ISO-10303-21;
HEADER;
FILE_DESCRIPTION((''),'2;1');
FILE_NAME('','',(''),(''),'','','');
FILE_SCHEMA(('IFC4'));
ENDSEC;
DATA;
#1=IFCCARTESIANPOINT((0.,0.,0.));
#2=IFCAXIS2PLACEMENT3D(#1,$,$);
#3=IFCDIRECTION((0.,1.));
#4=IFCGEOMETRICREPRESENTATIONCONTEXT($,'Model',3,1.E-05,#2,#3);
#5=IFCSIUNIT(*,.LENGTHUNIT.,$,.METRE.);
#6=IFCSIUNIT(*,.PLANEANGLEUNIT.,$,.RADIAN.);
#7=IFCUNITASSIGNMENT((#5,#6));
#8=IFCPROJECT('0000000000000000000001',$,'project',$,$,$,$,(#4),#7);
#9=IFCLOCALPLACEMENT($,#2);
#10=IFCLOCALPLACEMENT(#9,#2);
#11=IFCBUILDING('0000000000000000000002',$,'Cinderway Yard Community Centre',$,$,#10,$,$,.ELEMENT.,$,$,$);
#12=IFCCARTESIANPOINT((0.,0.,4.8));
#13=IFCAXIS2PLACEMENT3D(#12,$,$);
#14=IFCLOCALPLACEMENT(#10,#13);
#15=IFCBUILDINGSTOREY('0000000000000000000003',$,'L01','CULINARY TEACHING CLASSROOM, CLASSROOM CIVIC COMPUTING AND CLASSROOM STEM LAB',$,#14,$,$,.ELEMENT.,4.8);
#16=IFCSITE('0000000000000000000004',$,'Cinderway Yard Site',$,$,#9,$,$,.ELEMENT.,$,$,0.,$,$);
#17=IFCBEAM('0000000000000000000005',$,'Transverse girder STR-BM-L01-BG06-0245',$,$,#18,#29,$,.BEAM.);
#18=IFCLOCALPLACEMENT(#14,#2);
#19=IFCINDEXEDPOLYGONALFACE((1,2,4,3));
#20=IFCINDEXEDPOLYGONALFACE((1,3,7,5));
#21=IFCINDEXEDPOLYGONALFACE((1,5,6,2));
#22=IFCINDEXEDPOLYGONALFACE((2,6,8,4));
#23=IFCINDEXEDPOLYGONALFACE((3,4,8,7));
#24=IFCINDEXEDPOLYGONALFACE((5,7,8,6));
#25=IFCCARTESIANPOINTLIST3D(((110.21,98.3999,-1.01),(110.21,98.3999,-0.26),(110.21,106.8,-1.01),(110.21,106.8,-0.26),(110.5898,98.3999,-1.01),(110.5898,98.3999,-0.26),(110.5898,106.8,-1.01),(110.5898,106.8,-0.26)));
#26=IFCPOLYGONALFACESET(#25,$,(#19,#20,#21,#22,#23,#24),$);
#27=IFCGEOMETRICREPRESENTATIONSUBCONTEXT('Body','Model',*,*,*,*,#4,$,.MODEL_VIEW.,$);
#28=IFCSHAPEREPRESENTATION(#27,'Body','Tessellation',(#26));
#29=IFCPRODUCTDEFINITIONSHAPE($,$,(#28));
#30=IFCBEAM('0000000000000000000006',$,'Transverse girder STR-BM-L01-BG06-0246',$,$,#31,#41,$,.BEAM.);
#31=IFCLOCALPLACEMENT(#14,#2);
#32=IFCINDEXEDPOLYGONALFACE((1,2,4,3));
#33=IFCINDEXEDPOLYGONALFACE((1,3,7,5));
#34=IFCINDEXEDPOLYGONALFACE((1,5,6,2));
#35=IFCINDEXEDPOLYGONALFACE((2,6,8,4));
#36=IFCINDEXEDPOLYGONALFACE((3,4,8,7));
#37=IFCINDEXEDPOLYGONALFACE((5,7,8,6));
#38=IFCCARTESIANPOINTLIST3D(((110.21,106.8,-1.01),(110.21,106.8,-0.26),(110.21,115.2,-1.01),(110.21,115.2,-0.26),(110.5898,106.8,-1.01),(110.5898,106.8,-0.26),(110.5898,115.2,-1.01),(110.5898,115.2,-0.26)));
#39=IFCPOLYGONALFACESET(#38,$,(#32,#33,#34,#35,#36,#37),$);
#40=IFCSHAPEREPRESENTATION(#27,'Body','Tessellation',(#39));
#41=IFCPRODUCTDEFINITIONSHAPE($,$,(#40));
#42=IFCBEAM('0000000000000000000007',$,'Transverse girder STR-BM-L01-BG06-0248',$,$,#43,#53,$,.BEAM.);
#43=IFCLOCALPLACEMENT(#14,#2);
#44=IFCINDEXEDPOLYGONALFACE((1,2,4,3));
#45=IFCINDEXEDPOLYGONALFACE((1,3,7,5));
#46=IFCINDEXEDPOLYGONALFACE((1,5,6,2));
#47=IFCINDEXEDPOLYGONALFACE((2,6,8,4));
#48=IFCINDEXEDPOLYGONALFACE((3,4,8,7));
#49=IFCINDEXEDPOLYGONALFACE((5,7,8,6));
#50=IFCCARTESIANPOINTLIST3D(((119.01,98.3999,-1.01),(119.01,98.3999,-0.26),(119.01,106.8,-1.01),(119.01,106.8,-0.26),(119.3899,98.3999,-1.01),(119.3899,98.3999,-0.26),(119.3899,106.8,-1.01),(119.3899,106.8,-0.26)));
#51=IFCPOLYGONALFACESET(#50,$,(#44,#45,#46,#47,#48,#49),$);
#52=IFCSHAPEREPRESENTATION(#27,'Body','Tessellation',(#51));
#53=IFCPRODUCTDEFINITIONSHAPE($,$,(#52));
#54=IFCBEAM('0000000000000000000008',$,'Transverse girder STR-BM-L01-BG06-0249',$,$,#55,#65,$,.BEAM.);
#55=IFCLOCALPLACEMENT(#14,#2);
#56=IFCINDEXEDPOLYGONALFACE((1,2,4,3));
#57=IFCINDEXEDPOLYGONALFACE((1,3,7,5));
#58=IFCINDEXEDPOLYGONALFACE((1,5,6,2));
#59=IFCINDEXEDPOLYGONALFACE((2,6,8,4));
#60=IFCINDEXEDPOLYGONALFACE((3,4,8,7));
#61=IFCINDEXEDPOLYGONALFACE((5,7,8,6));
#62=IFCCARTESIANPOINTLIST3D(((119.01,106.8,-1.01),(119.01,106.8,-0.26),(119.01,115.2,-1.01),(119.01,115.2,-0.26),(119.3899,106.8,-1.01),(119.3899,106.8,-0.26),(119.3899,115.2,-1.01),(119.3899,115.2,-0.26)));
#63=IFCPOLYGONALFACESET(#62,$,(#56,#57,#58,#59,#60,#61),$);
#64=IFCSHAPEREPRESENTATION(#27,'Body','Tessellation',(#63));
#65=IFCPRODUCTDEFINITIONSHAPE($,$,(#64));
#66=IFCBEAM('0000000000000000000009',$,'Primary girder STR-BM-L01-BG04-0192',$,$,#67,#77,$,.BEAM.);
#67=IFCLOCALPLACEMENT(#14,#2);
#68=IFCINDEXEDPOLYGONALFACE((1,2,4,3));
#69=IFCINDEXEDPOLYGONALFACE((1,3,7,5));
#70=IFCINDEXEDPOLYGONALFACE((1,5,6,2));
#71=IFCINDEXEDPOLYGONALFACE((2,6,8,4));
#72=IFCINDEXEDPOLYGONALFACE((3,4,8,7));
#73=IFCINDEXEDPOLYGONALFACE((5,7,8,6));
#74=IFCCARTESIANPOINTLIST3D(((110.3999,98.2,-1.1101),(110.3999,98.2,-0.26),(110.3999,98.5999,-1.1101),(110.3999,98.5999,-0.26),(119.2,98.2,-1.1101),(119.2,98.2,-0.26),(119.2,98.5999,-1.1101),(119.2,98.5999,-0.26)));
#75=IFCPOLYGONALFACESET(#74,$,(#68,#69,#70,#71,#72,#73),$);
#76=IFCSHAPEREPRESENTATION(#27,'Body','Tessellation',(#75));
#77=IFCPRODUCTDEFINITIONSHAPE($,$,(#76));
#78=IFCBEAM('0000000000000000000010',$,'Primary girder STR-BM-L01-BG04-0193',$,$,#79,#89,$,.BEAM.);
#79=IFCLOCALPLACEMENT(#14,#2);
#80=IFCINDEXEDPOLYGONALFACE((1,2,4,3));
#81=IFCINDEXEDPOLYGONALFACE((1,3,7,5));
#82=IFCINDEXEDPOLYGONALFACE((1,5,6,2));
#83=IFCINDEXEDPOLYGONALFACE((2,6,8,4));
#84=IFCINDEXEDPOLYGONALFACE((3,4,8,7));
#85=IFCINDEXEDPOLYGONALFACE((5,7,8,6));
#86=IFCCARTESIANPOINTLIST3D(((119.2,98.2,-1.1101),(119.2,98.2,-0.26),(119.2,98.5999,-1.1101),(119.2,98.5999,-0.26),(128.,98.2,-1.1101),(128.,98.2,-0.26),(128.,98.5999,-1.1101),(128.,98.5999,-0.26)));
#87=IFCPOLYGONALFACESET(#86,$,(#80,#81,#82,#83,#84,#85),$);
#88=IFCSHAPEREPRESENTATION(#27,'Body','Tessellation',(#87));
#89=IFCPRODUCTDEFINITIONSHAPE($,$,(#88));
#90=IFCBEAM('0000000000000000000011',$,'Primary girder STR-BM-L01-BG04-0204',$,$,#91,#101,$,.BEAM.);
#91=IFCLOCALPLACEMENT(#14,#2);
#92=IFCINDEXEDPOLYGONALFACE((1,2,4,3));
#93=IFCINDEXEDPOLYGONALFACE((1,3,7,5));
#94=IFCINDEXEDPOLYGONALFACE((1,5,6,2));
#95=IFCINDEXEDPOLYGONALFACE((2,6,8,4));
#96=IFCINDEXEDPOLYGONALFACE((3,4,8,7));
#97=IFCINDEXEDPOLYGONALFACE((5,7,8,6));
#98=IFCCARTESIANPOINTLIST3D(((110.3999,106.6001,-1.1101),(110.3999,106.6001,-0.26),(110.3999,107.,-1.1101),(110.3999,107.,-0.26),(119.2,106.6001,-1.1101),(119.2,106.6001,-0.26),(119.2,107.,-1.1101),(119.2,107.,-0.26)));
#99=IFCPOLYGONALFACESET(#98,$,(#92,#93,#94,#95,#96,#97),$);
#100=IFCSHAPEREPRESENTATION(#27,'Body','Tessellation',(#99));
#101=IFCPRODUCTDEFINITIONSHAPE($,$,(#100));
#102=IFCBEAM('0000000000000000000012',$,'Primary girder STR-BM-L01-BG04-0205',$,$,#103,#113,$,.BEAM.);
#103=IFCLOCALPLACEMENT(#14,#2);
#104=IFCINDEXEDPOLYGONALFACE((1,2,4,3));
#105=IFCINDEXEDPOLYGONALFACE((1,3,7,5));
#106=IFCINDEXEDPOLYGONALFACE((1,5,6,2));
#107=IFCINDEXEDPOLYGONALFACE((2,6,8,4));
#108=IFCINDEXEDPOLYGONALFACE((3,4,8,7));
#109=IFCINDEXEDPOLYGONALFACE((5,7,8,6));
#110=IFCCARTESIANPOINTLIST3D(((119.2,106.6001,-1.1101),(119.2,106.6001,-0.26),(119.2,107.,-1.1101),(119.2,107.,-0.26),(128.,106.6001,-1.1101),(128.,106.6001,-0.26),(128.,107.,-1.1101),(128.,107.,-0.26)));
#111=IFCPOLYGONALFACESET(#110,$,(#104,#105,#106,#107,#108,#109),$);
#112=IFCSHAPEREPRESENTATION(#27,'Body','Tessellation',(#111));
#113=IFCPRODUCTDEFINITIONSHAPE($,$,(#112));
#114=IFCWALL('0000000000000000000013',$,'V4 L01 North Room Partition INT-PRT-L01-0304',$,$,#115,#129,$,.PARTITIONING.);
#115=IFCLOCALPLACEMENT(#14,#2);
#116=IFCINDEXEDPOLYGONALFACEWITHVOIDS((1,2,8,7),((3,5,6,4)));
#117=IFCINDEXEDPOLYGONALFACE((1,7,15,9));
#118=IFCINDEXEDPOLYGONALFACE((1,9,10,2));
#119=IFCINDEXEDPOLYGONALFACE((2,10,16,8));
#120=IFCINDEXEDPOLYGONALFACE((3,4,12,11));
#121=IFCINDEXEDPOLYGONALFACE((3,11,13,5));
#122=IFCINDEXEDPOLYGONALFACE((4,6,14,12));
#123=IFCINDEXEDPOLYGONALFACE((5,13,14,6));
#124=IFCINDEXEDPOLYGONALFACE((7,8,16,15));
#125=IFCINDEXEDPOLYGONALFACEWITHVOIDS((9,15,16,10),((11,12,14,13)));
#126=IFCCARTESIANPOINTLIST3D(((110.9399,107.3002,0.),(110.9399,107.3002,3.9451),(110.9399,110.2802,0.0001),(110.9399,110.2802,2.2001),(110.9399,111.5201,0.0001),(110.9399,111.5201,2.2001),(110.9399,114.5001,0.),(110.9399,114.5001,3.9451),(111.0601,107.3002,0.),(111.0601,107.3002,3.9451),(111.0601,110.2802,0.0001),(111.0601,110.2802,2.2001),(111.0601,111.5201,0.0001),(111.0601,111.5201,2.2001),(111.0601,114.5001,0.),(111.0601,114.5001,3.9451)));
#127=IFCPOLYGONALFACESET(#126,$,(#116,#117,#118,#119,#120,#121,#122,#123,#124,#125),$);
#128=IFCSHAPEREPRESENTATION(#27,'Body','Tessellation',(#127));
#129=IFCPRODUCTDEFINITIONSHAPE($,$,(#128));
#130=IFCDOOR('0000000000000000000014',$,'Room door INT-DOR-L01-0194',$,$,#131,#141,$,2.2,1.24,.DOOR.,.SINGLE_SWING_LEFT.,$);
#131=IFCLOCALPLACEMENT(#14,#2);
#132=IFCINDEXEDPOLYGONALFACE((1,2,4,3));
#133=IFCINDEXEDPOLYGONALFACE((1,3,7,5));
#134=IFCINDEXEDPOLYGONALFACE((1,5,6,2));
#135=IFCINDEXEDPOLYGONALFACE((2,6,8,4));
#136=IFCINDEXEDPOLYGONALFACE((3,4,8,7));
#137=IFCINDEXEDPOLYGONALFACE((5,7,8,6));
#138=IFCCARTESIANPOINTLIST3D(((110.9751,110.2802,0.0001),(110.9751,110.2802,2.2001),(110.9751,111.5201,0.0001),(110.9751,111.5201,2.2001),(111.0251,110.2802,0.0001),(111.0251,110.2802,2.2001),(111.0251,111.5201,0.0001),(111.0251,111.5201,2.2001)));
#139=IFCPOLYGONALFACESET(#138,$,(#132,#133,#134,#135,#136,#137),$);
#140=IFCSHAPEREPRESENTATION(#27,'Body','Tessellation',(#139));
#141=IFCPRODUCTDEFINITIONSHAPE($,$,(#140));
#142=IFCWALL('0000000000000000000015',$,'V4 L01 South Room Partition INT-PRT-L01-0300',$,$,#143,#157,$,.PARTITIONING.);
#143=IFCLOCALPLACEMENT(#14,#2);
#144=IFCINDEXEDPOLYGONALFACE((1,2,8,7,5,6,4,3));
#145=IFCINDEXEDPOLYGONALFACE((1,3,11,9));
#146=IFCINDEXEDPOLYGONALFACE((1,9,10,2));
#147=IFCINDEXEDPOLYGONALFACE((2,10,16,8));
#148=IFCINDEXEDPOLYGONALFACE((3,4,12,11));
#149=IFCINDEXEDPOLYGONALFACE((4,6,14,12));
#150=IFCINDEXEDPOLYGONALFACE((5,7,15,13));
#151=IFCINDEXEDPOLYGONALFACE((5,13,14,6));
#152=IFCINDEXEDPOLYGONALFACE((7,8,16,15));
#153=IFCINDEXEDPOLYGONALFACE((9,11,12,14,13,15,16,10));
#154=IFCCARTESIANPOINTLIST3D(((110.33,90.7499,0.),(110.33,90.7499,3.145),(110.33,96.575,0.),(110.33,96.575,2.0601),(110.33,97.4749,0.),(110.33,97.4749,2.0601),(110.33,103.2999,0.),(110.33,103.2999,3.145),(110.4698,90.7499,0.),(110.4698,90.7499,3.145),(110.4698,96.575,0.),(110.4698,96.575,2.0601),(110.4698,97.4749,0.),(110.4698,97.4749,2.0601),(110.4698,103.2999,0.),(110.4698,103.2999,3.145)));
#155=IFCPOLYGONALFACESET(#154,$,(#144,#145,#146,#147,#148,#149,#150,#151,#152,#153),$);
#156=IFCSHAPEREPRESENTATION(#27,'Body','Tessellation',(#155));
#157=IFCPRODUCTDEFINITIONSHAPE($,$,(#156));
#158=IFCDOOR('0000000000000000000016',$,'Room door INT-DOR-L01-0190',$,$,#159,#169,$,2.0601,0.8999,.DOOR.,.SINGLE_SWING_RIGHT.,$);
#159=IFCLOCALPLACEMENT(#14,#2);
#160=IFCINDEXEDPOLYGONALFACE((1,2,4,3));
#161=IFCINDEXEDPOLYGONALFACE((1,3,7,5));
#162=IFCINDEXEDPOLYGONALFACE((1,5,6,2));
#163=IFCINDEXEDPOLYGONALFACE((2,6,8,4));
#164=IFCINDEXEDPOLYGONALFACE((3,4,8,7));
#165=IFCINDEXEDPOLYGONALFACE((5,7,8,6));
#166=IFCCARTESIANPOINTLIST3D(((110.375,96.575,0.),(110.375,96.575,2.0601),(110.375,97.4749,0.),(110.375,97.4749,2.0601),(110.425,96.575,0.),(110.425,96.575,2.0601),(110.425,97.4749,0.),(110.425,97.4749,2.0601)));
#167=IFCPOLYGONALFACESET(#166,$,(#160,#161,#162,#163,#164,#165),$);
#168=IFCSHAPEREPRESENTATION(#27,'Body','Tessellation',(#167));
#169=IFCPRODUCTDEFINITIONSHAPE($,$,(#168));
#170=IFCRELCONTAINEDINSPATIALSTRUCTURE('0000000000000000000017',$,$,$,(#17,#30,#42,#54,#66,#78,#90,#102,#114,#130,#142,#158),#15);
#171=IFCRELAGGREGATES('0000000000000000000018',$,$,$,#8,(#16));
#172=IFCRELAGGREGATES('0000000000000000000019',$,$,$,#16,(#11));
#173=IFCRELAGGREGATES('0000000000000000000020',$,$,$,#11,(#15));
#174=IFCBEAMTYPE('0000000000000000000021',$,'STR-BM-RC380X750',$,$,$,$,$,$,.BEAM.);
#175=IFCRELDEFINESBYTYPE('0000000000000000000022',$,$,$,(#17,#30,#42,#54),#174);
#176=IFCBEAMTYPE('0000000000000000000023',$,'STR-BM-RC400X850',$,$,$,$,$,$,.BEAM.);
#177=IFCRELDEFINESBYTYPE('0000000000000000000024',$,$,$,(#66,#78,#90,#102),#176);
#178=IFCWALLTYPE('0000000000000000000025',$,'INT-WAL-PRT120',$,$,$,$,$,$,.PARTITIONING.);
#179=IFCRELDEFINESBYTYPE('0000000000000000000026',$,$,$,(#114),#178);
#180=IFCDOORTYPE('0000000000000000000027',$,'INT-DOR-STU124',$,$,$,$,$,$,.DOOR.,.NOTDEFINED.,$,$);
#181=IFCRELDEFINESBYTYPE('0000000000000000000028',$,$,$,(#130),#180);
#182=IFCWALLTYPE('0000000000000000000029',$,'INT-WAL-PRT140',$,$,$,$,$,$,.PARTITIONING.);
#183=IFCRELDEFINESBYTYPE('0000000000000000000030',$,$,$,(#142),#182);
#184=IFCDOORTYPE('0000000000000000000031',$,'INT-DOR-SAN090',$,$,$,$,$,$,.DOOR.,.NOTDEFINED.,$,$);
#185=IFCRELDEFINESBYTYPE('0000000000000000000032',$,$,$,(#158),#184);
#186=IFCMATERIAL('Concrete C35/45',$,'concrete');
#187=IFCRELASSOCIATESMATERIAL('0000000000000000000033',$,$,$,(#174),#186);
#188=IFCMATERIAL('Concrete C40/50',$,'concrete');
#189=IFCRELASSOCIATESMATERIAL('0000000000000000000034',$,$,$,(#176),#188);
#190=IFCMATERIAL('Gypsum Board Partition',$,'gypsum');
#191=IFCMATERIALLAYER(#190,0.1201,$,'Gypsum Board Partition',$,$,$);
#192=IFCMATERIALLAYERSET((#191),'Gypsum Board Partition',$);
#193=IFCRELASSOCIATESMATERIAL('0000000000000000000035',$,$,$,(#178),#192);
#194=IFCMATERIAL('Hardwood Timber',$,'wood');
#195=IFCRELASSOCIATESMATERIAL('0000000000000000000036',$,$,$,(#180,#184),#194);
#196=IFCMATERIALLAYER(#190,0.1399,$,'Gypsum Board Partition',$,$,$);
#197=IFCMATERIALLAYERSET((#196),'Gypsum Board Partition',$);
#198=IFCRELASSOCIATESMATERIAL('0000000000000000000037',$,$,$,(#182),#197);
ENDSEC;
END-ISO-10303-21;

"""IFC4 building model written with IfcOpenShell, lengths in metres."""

from ifc_helpers import new_model, si_unit, direction, frame, frame_2d, origin, origin_2d, place, context, subcontext, project, spatial, rectangle, extrude, material, layer, layer_set, material_profile, profile_set, type_object, element, fill, save


model = new_model("IFC4")

# Units and contexts
model_context = context("Model", 3, precision=1e-05, world=origin(), true_north=direction((0.0, 1.0)))
body_context = subcontext(model_context, "Body", "Model", "MODEL_VIEW")
ifc_project = project(units=[si_unit("LENGTHUNIT", "METRE"), si_unit("PLANEANGLEUNIT", "RADIAN")], contexts=[model_context])

# Site, building, storey
site_placement = place(None, origin())
site = spatial("IfcSite", under=ifc_project, at=site_placement, Name="Cinderway Yard Site", CompositionType="ELEMENT", RefElevation=0.0)
building_placement = place(site_placement, origin())
building = spatial("IfcBuilding", under=site, at=building_placement, Name="Cinderway Yard Community Centre", CompositionType="ELEMENT")
storey_placement = place(building_placement, frame((0.0, 0.0, 4.8)))
storey = spatial("IfcBuildingStorey", under=building, at=storey_placement, Name="L01", Description="CULINARY TEACHING CLASSROOM, CLASSROOM CIVIC COMPUTING AND CLASSROOM STEM LAB", CompositionType="ELEMENT", Elevation=4.8)

# Shared definitions
ifc_material_1 = material(Name="Concrete C40/50", Category="concrete")

# Beams
ifc_material_2 = material(Name="Concrete C35/45", Category="concrete")
ifc_material_profile_1 = material_profile(ifc_material_2, rectangle(XDim=0.3799, YDim=0.75, at=origin_2d()), Name="Concrete C35/45")
ifc_profile_set_1 = profile_set([ifc_material_profile_1], Name="Concrete C35/45")
beam_type_1 = type_object("IfcBeamType", Name="STR-BM-RC380X750", PredefinedType="BEAM", material=ifc_profile_set_1)
beam_1_placement = place(storey_placement, frame((110.3999, 98.3999, -0.635), z_axis=(0.0, 1.0, 0.0), x_axis=(-1.0, 0.0, 0.0)))
element("IfcBeam", 1, at=beam_1_placement, inside=storey, type_object=beam_type_1, Name="Transverse girder STR-BM-L01-BG06-0245", PredefinedType="BEAM", context=body_context, shape_type="SweptSolid", body=[
    extrude(rectangle(XDim=0.3799, YDim=0.75, at=origin_2d()), origin(), (0.0, 0.0, 1.0), 8.4001),
])
beam_2_placement = place(storey_placement, frame((110.3999, 106.8, -0.635), z_axis=(0.0, 1.0, 0.0), x_axis=(-1.0, 0.0, 0.0)))
element("IfcBeam", 2, at=beam_2_placement, inside=storey, type_object=beam_type_1, Name="Transverse girder STR-BM-L01-BG06-0246", PredefinedType="BEAM", context=body_context, shape_type="SweptSolid", body=[
    extrude(rectangle(XDim=0.3799, YDim=0.75, at=origin_2d()), origin(), (0.0, 0.0, 1.0), 8.3999),
])
beam_3_placement = place(storey_placement, frame((119.2, 98.3999, -0.635), z_axis=(0.0, 1.0, 0.0), x_axis=(-1.0, 0.0, 0.0)))
element("IfcBeam", 3, at=beam_3_placement, inside=storey, type_object=beam_type_1, Name="Transverse girder STR-BM-L01-BG06-0248", PredefinedType="BEAM", context=body_context, shape_type="SweptSolid", body=[
    extrude(rectangle(XDim=0.3799, YDim=0.75, at=origin_2d()), origin(), (0.0, 0.0, 1.0), 8.4001),
])
beam_4_placement = place(storey_placement, frame((119.2, 106.8, -0.635), z_axis=(0.0, 1.0, 0.0), x_axis=(-1.0, 0.0, 0.0)))
element("IfcBeam", 4, at=beam_4_placement, inside=storey, type_object=beam_type_1, Name="Transverse girder STR-BM-L01-BG06-0249", PredefinedType="BEAM", context=body_context, shape_type="SweptSolid", body=[
    extrude(rectangle(XDim=0.3799, YDim=0.75, at=origin_2d()), origin(), (0.0, 0.0, 1.0), 8.3999),
])
ifc_material_profile_2 = material_profile(ifc_material_1, rectangle(XDim=0.3999, YDim=0.8501, at=origin_2d()), Name="Concrete C40/50")
ifc_profile_set_2 = profile_set([ifc_material_profile_2], Name="Concrete C40/50")
beam_type_2 = type_object("IfcBeamType", Name="STR-BM-RC400X850", PredefinedType="BEAM", material=ifc_profile_set_2)
for number, where, z_axis, x_axis, name in (
    (5, (110.3999, 98.3999, -0.6851), (1.0, 0.0, 0.0), (0.0, 1.0, 0.0), "Primary girder STR-BM-L01-BG04-0192"),
    (6, (119.2, 98.3999, -0.6851), (1.0, 0.0, 0.0), (0.0, 1.0, 0.0), "Primary girder STR-BM-L01-BG04-0193"),
    (7, (110.3999, 106.8, -0.6851), (1.0, 0.0, 0.0), (0.0, 1.0, 0.0), "Primary girder STR-BM-L01-BG04-0204"),
    (8, (119.2, 106.8, -0.6851), (1.0, 0.0, 0.0), (0.0, 1.0, 0.0), "Primary girder STR-BM-L01-BG04-0205"),
):
    element("IfcBeam", number, at=place(storey_placement, frame(where, z_axis=z_axis, x_axis=x_axis)), inside=storey, type_object=beam_type_2, Name=name, PredefinedType="BEAM", context=body_context, shape_type="SweptSolid", body=[
        extrude(rectangle(XDim=0.3999, YDim=0.8501, at=origin_2d()), origin(), (0.0, 0.0, 1.0), 8.8),
    ])

# Walls, openings, doors
ifc_material_3 = material(Name="Gypsum Board Partition", Category="gypsum")
ifc_layer_1 = layer(ifc_material_3, 0.1201, Name="Gypsum Board Partition")
ifc_layer_set_1 = layer_set([ifc_layer_1], Name="Gypsum Board Partition")
wall_type_1 = type_object("IfcWallType", Name="INT-WAL-PRT120", PredefinedType="PARTITIONING", material=ifc_layer_set_1)
wall_1_placement = place(storey_placement, frame((111.0, 107.3, 0.0), z_axis=(0.0, 0.0, 1.0), x_axis=(0.0, 1.0, 0.0)))
wall_1 = element("IfcWall", 9, at=wall_1_placement, inside=storey, type_object=wall_type_1, Name="V4 L01 North Room Partition INT-PRT-L01-0304", PredefinedType="PARTITIONING", context=body_context, shape_type="SweptSolid", body=[
    extrude(rectangle(XDim=7.2, YDim=0.1201, at=frame_2d((3.6001, 0.0))), origin(), (0.0, 0.0, 1.0), 3.9451),
])
opening_1_placement = place(wall_1_placement, frame((2.98, 0.0, 0.0)))
opening_1 = element("IfcOpeningElement", 10, at=opening_1_placement, cuts=wall_1, PredefinedType="OPENING", context=body_context, shape_type="SweptSolid", body=[
    extrude(rectangle(XDim=1.24, YDim=2.2, at=frame_2d((0.6201, 1.1001))), frame((0.0, 0.0701, 0.0), z_axis=(0.0, -1.0, 0.0), x_axis=(1.0, 0.0, 0.0)), (0.0, 0.0, 1.0), 0.1401),
])
ifc_material_4 = material(Name="Hardwood Timber", Category="wood")
door_type_1 = type_object("IfcDoorType", Name="INT-DOR-STU124", OperationType="NOTDEFINED", PredefinedType="DOOR", material=ifc_material_4)
door_1_placement = place(opening_1_placement, origin())
door_1 = element("IfcDoor", 11, at=door_1_placement, inside=storey, type_object=door_type_1, Name="Room door INT-DOR-L01-0194", OperationType="SINGLE_SWING_LEFT", OverallHeight=2.2, OverallWidth=1.24, PredefinedType="DOOR", context=body_context, shape_type="SweptSolid", body=[
    extrude(rectangle(XDim=1.24, YDim=2.2, at=frame_2d((0.6201, 1.1001))), frame((0.0, 0.0249, 0.0), z_axis=(0.0, -1.0, 0.0), x_axis=(1.0, 0.0, 0.0)), (0.0, 0.0, 1.0), 0.05),
])
fill(opening_1, door_1)
ifc_layer_2 = layer(ifc_material_3, 0.1399, Name="Gypsum Board Partition")
ifc_layer_set_2 = layer_set([ifc_layer_2], Name="Gypsum Board Partition")
wall_type_2 = type_object("IfcWallType", Name="INT-WAL-PRT140", PredefinedType="PARTITIONING", material=ifc_layer_set_2)
wall_2_placement = place(storey_placement, frame((110.3999, 90.75, 0.0), z_axis=(0.0, 0.0, 1.0), x_axis=(0.0, 1.0, 0.0)))
wall_2 = element("IfcWall", 12, at=wall_2_placement, inside=storey, type_object=wall_type_2, Name="V4 L01 South Room Partition INT-PRT-L01-0300", PredefinedType="PARTITIONING", context=body_context, shape_type="SweptSolid", body=[
    extrude(rectangle(XDim=12.55, YDim=0.1399, at=frame_2d((6.2749, 0.0))), origin(), (0.0, 0.0, 1.0), 3.145),
])
opening_2_placement = place(wall_2_placement, frame((5.825, 0.0, 0.0)))
opening_2 = element("IfcOpeningElement", 13, at=opening_2_placement, cuts=wall_2, PredefinedType="OPENING", context=body_context, shape_type="SweptSolid", body=[
    extrude(rectangle(XDim=0.8999, YDim=2.0601, at=frame_2d((0.45, 1.03))), frame((0.0, 0.0798, 0.0), z_axis=(0.0, -1.0, 0.0), x_axis=(1.0, 0.0, 0.0)), (0.0, 0.0, 1.0), 0.1599),
])
door_type_2 = type_object("IfcDoorType", Name="INT-DOR-SAN090", OperationType="NOTDEFINED", PredefinedType="DOOR", material=ifc_material_4)
door_2_placement = place(opening_2_placement, origin())
door_2 = element("IfcDoor", 14, at=door_2_placement, inside=storey, type_object=door_type_2, Name="Room door INT-DOR-L01-0190", OperationType="SINGLE_SWING_RIGHT", OverallHeight=2.0601, OverallWidth=0.8999, PredefinedType="DOOR", context=body_context, shape_type="SweptSolid", body=[
    extrude(rectangle(XDim=0.8999, YDim=2.0601, at=frame_2d((0.45, 1.03))), frame((0.0, 0.0249, 0.0), z_axis=(0.0, -1.0, 0.0), x_axis=(1.0, 0.0, 0.0)), (0.0, 0.0, 1.0), 0.05),
])
fill(opening_2, door_2)

save(model, "model.ifc")
